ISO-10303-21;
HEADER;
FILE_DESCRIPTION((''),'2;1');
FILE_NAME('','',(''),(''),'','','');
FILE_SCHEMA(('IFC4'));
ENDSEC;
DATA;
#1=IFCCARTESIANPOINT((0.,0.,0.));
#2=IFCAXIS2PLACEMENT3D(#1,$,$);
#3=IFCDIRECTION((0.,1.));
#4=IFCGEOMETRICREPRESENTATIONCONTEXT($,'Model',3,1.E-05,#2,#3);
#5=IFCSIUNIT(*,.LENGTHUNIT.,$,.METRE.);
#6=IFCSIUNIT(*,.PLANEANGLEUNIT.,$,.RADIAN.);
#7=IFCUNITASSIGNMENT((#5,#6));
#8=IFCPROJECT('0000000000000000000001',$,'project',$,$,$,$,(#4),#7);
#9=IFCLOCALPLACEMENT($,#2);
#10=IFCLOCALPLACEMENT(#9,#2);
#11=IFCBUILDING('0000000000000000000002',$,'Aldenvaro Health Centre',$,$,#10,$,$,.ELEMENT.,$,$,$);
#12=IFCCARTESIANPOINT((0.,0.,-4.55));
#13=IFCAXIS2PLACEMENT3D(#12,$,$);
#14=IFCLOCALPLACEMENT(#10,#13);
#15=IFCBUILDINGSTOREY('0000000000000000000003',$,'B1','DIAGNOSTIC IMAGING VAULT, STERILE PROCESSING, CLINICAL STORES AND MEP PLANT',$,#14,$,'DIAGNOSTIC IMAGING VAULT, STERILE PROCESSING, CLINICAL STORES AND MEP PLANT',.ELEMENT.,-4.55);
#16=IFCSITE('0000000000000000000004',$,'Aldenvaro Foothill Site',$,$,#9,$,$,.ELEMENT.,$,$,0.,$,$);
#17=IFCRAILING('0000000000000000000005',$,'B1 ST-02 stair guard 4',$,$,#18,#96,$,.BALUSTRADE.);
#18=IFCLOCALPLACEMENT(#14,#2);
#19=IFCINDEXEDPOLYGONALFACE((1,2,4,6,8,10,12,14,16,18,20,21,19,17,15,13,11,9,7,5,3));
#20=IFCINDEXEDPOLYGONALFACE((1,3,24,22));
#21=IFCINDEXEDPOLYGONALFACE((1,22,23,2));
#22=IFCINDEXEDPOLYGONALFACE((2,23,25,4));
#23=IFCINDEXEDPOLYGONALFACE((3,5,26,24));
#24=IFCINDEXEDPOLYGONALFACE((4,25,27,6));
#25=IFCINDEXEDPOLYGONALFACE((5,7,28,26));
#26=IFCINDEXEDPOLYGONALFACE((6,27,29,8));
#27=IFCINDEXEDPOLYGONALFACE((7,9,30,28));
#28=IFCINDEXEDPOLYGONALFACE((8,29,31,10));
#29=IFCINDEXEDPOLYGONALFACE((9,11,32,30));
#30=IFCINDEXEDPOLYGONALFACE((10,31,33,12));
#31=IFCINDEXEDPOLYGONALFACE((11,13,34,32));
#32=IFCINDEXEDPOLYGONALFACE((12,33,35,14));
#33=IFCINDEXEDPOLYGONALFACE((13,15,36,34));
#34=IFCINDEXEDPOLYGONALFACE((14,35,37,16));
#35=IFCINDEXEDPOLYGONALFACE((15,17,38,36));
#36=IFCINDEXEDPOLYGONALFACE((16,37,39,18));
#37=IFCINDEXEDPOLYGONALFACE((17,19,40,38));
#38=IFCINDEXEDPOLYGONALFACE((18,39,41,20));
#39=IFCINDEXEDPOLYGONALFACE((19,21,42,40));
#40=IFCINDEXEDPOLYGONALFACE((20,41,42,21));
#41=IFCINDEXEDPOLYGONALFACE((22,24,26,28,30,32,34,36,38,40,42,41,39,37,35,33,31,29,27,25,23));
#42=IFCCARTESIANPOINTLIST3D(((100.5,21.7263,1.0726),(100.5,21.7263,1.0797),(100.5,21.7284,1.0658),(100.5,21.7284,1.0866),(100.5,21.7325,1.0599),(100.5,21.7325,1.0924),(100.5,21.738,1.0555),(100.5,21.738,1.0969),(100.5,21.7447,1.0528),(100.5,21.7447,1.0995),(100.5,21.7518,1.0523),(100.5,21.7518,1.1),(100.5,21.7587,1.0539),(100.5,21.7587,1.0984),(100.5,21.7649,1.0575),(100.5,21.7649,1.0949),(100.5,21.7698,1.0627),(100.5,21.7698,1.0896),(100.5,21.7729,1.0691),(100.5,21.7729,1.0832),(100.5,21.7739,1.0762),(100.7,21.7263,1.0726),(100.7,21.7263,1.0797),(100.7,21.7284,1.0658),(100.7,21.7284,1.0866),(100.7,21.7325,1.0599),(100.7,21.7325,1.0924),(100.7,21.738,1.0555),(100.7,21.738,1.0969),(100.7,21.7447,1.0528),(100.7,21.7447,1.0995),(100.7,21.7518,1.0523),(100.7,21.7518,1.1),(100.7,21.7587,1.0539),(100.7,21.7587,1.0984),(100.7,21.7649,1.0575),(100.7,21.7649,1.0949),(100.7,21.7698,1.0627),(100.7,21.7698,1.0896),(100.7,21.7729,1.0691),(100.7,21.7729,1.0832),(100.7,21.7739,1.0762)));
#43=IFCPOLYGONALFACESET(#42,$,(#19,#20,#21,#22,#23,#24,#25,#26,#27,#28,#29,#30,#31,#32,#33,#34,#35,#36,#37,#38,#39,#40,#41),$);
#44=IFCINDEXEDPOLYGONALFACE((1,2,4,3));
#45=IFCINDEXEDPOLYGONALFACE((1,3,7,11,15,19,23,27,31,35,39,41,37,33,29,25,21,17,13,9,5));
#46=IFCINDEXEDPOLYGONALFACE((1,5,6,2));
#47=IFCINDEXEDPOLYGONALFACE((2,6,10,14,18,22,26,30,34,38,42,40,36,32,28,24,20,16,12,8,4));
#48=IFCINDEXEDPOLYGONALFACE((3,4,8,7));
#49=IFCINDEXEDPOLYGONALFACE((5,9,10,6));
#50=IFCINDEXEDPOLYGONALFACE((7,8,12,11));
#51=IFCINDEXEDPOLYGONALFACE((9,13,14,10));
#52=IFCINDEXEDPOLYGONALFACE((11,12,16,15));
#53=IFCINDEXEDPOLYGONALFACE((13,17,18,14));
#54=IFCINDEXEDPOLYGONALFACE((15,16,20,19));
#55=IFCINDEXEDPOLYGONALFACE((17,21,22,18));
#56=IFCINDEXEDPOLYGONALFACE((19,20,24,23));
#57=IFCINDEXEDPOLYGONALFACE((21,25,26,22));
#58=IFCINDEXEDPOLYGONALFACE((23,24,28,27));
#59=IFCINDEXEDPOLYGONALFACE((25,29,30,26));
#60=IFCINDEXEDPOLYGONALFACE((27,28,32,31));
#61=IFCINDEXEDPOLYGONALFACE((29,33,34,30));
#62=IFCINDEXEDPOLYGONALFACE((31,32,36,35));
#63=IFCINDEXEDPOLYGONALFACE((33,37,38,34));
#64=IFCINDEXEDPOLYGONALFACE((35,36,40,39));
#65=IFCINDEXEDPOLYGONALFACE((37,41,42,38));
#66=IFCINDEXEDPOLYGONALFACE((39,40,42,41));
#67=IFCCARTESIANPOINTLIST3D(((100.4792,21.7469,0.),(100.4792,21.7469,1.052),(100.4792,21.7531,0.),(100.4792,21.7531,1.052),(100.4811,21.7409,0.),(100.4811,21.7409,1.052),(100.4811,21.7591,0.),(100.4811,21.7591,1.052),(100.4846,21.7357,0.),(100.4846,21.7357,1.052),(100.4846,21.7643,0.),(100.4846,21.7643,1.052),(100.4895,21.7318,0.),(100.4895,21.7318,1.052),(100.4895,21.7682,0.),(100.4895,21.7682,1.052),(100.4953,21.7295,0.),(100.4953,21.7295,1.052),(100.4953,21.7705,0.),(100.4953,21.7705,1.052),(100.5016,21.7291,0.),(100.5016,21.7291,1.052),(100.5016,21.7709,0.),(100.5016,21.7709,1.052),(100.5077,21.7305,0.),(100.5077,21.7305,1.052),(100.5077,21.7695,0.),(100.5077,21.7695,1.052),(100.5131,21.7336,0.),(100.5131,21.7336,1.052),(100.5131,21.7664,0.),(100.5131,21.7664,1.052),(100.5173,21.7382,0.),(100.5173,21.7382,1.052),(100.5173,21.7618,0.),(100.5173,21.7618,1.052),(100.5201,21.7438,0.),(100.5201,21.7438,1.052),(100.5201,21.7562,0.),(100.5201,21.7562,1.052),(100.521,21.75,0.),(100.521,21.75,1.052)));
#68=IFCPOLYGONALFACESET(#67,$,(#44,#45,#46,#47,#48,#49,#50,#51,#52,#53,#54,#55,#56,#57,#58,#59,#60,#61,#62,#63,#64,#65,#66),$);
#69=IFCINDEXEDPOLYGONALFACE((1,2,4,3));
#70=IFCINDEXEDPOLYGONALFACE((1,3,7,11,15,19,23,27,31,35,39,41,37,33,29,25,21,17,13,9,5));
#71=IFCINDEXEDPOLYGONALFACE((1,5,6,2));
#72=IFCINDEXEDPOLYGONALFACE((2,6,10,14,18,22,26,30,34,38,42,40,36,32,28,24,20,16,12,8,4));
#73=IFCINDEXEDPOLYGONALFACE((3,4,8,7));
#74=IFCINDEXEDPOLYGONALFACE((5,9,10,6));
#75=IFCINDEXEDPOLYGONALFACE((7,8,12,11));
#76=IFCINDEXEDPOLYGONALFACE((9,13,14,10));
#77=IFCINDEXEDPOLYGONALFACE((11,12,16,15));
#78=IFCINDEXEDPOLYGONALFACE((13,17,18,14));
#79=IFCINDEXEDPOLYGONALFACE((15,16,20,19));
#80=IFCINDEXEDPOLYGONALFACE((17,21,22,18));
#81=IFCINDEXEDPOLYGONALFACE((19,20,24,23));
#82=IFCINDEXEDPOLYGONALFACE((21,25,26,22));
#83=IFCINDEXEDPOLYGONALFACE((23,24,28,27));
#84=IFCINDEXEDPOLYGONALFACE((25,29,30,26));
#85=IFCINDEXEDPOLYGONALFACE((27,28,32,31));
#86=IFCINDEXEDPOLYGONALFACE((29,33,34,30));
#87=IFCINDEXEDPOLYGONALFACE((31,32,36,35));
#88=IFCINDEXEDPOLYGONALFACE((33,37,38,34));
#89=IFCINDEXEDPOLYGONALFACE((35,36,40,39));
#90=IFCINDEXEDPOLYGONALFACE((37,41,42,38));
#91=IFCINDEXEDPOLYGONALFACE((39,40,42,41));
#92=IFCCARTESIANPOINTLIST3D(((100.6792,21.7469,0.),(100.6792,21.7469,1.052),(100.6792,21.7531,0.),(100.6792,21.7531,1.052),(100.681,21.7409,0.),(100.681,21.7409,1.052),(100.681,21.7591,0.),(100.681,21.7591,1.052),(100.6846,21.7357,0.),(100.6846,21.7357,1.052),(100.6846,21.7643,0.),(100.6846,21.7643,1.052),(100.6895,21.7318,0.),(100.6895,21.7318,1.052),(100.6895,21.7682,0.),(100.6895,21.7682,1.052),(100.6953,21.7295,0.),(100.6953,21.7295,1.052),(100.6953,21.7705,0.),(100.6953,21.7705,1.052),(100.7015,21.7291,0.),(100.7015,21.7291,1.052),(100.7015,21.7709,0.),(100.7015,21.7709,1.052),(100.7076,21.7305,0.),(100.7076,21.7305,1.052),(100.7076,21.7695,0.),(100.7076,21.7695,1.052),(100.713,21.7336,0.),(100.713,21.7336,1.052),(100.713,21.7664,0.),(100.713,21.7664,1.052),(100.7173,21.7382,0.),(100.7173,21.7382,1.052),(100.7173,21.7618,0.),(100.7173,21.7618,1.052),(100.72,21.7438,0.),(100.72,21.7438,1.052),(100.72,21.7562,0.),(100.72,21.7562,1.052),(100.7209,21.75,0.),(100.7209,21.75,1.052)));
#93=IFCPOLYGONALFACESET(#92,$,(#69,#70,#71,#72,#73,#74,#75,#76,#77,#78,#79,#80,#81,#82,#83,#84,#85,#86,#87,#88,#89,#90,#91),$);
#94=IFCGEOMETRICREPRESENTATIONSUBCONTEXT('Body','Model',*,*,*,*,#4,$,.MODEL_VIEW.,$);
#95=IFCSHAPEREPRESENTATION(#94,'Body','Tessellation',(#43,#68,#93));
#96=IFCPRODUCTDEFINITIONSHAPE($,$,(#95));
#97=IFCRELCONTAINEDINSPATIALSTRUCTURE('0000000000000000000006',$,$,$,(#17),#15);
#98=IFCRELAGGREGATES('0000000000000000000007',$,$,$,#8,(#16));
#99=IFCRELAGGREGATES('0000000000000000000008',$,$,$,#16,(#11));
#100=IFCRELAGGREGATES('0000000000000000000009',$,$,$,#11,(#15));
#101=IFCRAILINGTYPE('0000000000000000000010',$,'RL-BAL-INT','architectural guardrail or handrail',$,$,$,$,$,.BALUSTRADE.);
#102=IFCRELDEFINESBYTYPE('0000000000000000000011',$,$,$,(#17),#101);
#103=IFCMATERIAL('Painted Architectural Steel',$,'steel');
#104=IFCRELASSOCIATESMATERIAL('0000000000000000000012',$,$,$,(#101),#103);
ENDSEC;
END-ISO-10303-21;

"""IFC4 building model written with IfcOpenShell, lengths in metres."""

from ifc_helpers import new_model, si_unit, direction, frame, origin, origin_2d, place, context, subcontext, project, spatial, circle, extrude, material, type_object, element, save


model = new_model("IFC4")

# Units and contexts
model_context = context("Model", 3, precision=1e-05, world=origin(), true_north=direction((0.0, 1.0)))
body_context = subcontext(model_context, "Body", "Model", "MODEL_VIEW")
ifc_project = project(units=[si_unit("LENGTHUNIT", "METRE"), si_unit("PLANEANGLEUNIT", "RADIAN")], contexts=[model_context])

# Site, building, storey
site_placement = place(None, origin())
site = spatial("IfcSite", under=ifc_project, at=site_placement, Name="Aldenvaro Foothill Site", CompositionType="ELEMENT", RefElevation=0.0)
building_placement = place(site_placement, origin())
building = spatial("IfcBuilding", under=site, at=building_placement, Name="Aldenvaro Health Centre", CompositionType="ELEMENT")
storey_placement = place(building_placement, frame((0.0, 0.0, -4.55)))
storey = spatial("IfcBuildingStorey", under=building, at=storey_placement, Name="B1", Description="DIAGNOSTIC IMAGING VAULT, STERILE PROCESSING, CLINICAL STORES AND MEP PLANT", LongName="DIAGNOSTIC IMAGING VAULT, STERILE PROCESSING, CLINICAL STORES AND MEP PLANT", CompositionType="ELEMENT", Elevation=-4.55)

# Railing
ifc_material_1 = material(Name="Painted Architectural Steel", Category="steel")
railing_type_1 = type_object("IfcRailingType", Name="RL-BAL-INT", Description="architectural guardrail or handrail", PredefinedType="BALUSTRADE", material=ifc_material_1)
railing_1_placement = place(storey_placement, frame((100.5, 21.75, 0.0)))
element("IfcRailing", 1, at=railing_1_placement, inside=storey, type_object=railing_type_1, Name="B1 ST-02 stair guard 4", PredefinedType="BALUSTRADE", context=body_context, shape_type="SweptSolid", body=[
    extrude(circle(Radius=0.0239, at=origin_2d()), frame((0.0, 0.0, 1.0762), z_axis=(1.0, 0.0, 0.0), x_axis=(0.0, 1.0, 0.0)), (0.0, 0.0, 1.0), 0.2),
    extrude(circle(Radius=0.021, at=origin_2d()), origin(), (0.0, 0.0, 1.0), 1.052),
    extrude(circle(Radius=0.021, at=origin_2d()), frame((0.2, 0.0, 0.0)), (0.0, 0.0, 1.0), 1.052),
])

save(model, "model.ifc")
